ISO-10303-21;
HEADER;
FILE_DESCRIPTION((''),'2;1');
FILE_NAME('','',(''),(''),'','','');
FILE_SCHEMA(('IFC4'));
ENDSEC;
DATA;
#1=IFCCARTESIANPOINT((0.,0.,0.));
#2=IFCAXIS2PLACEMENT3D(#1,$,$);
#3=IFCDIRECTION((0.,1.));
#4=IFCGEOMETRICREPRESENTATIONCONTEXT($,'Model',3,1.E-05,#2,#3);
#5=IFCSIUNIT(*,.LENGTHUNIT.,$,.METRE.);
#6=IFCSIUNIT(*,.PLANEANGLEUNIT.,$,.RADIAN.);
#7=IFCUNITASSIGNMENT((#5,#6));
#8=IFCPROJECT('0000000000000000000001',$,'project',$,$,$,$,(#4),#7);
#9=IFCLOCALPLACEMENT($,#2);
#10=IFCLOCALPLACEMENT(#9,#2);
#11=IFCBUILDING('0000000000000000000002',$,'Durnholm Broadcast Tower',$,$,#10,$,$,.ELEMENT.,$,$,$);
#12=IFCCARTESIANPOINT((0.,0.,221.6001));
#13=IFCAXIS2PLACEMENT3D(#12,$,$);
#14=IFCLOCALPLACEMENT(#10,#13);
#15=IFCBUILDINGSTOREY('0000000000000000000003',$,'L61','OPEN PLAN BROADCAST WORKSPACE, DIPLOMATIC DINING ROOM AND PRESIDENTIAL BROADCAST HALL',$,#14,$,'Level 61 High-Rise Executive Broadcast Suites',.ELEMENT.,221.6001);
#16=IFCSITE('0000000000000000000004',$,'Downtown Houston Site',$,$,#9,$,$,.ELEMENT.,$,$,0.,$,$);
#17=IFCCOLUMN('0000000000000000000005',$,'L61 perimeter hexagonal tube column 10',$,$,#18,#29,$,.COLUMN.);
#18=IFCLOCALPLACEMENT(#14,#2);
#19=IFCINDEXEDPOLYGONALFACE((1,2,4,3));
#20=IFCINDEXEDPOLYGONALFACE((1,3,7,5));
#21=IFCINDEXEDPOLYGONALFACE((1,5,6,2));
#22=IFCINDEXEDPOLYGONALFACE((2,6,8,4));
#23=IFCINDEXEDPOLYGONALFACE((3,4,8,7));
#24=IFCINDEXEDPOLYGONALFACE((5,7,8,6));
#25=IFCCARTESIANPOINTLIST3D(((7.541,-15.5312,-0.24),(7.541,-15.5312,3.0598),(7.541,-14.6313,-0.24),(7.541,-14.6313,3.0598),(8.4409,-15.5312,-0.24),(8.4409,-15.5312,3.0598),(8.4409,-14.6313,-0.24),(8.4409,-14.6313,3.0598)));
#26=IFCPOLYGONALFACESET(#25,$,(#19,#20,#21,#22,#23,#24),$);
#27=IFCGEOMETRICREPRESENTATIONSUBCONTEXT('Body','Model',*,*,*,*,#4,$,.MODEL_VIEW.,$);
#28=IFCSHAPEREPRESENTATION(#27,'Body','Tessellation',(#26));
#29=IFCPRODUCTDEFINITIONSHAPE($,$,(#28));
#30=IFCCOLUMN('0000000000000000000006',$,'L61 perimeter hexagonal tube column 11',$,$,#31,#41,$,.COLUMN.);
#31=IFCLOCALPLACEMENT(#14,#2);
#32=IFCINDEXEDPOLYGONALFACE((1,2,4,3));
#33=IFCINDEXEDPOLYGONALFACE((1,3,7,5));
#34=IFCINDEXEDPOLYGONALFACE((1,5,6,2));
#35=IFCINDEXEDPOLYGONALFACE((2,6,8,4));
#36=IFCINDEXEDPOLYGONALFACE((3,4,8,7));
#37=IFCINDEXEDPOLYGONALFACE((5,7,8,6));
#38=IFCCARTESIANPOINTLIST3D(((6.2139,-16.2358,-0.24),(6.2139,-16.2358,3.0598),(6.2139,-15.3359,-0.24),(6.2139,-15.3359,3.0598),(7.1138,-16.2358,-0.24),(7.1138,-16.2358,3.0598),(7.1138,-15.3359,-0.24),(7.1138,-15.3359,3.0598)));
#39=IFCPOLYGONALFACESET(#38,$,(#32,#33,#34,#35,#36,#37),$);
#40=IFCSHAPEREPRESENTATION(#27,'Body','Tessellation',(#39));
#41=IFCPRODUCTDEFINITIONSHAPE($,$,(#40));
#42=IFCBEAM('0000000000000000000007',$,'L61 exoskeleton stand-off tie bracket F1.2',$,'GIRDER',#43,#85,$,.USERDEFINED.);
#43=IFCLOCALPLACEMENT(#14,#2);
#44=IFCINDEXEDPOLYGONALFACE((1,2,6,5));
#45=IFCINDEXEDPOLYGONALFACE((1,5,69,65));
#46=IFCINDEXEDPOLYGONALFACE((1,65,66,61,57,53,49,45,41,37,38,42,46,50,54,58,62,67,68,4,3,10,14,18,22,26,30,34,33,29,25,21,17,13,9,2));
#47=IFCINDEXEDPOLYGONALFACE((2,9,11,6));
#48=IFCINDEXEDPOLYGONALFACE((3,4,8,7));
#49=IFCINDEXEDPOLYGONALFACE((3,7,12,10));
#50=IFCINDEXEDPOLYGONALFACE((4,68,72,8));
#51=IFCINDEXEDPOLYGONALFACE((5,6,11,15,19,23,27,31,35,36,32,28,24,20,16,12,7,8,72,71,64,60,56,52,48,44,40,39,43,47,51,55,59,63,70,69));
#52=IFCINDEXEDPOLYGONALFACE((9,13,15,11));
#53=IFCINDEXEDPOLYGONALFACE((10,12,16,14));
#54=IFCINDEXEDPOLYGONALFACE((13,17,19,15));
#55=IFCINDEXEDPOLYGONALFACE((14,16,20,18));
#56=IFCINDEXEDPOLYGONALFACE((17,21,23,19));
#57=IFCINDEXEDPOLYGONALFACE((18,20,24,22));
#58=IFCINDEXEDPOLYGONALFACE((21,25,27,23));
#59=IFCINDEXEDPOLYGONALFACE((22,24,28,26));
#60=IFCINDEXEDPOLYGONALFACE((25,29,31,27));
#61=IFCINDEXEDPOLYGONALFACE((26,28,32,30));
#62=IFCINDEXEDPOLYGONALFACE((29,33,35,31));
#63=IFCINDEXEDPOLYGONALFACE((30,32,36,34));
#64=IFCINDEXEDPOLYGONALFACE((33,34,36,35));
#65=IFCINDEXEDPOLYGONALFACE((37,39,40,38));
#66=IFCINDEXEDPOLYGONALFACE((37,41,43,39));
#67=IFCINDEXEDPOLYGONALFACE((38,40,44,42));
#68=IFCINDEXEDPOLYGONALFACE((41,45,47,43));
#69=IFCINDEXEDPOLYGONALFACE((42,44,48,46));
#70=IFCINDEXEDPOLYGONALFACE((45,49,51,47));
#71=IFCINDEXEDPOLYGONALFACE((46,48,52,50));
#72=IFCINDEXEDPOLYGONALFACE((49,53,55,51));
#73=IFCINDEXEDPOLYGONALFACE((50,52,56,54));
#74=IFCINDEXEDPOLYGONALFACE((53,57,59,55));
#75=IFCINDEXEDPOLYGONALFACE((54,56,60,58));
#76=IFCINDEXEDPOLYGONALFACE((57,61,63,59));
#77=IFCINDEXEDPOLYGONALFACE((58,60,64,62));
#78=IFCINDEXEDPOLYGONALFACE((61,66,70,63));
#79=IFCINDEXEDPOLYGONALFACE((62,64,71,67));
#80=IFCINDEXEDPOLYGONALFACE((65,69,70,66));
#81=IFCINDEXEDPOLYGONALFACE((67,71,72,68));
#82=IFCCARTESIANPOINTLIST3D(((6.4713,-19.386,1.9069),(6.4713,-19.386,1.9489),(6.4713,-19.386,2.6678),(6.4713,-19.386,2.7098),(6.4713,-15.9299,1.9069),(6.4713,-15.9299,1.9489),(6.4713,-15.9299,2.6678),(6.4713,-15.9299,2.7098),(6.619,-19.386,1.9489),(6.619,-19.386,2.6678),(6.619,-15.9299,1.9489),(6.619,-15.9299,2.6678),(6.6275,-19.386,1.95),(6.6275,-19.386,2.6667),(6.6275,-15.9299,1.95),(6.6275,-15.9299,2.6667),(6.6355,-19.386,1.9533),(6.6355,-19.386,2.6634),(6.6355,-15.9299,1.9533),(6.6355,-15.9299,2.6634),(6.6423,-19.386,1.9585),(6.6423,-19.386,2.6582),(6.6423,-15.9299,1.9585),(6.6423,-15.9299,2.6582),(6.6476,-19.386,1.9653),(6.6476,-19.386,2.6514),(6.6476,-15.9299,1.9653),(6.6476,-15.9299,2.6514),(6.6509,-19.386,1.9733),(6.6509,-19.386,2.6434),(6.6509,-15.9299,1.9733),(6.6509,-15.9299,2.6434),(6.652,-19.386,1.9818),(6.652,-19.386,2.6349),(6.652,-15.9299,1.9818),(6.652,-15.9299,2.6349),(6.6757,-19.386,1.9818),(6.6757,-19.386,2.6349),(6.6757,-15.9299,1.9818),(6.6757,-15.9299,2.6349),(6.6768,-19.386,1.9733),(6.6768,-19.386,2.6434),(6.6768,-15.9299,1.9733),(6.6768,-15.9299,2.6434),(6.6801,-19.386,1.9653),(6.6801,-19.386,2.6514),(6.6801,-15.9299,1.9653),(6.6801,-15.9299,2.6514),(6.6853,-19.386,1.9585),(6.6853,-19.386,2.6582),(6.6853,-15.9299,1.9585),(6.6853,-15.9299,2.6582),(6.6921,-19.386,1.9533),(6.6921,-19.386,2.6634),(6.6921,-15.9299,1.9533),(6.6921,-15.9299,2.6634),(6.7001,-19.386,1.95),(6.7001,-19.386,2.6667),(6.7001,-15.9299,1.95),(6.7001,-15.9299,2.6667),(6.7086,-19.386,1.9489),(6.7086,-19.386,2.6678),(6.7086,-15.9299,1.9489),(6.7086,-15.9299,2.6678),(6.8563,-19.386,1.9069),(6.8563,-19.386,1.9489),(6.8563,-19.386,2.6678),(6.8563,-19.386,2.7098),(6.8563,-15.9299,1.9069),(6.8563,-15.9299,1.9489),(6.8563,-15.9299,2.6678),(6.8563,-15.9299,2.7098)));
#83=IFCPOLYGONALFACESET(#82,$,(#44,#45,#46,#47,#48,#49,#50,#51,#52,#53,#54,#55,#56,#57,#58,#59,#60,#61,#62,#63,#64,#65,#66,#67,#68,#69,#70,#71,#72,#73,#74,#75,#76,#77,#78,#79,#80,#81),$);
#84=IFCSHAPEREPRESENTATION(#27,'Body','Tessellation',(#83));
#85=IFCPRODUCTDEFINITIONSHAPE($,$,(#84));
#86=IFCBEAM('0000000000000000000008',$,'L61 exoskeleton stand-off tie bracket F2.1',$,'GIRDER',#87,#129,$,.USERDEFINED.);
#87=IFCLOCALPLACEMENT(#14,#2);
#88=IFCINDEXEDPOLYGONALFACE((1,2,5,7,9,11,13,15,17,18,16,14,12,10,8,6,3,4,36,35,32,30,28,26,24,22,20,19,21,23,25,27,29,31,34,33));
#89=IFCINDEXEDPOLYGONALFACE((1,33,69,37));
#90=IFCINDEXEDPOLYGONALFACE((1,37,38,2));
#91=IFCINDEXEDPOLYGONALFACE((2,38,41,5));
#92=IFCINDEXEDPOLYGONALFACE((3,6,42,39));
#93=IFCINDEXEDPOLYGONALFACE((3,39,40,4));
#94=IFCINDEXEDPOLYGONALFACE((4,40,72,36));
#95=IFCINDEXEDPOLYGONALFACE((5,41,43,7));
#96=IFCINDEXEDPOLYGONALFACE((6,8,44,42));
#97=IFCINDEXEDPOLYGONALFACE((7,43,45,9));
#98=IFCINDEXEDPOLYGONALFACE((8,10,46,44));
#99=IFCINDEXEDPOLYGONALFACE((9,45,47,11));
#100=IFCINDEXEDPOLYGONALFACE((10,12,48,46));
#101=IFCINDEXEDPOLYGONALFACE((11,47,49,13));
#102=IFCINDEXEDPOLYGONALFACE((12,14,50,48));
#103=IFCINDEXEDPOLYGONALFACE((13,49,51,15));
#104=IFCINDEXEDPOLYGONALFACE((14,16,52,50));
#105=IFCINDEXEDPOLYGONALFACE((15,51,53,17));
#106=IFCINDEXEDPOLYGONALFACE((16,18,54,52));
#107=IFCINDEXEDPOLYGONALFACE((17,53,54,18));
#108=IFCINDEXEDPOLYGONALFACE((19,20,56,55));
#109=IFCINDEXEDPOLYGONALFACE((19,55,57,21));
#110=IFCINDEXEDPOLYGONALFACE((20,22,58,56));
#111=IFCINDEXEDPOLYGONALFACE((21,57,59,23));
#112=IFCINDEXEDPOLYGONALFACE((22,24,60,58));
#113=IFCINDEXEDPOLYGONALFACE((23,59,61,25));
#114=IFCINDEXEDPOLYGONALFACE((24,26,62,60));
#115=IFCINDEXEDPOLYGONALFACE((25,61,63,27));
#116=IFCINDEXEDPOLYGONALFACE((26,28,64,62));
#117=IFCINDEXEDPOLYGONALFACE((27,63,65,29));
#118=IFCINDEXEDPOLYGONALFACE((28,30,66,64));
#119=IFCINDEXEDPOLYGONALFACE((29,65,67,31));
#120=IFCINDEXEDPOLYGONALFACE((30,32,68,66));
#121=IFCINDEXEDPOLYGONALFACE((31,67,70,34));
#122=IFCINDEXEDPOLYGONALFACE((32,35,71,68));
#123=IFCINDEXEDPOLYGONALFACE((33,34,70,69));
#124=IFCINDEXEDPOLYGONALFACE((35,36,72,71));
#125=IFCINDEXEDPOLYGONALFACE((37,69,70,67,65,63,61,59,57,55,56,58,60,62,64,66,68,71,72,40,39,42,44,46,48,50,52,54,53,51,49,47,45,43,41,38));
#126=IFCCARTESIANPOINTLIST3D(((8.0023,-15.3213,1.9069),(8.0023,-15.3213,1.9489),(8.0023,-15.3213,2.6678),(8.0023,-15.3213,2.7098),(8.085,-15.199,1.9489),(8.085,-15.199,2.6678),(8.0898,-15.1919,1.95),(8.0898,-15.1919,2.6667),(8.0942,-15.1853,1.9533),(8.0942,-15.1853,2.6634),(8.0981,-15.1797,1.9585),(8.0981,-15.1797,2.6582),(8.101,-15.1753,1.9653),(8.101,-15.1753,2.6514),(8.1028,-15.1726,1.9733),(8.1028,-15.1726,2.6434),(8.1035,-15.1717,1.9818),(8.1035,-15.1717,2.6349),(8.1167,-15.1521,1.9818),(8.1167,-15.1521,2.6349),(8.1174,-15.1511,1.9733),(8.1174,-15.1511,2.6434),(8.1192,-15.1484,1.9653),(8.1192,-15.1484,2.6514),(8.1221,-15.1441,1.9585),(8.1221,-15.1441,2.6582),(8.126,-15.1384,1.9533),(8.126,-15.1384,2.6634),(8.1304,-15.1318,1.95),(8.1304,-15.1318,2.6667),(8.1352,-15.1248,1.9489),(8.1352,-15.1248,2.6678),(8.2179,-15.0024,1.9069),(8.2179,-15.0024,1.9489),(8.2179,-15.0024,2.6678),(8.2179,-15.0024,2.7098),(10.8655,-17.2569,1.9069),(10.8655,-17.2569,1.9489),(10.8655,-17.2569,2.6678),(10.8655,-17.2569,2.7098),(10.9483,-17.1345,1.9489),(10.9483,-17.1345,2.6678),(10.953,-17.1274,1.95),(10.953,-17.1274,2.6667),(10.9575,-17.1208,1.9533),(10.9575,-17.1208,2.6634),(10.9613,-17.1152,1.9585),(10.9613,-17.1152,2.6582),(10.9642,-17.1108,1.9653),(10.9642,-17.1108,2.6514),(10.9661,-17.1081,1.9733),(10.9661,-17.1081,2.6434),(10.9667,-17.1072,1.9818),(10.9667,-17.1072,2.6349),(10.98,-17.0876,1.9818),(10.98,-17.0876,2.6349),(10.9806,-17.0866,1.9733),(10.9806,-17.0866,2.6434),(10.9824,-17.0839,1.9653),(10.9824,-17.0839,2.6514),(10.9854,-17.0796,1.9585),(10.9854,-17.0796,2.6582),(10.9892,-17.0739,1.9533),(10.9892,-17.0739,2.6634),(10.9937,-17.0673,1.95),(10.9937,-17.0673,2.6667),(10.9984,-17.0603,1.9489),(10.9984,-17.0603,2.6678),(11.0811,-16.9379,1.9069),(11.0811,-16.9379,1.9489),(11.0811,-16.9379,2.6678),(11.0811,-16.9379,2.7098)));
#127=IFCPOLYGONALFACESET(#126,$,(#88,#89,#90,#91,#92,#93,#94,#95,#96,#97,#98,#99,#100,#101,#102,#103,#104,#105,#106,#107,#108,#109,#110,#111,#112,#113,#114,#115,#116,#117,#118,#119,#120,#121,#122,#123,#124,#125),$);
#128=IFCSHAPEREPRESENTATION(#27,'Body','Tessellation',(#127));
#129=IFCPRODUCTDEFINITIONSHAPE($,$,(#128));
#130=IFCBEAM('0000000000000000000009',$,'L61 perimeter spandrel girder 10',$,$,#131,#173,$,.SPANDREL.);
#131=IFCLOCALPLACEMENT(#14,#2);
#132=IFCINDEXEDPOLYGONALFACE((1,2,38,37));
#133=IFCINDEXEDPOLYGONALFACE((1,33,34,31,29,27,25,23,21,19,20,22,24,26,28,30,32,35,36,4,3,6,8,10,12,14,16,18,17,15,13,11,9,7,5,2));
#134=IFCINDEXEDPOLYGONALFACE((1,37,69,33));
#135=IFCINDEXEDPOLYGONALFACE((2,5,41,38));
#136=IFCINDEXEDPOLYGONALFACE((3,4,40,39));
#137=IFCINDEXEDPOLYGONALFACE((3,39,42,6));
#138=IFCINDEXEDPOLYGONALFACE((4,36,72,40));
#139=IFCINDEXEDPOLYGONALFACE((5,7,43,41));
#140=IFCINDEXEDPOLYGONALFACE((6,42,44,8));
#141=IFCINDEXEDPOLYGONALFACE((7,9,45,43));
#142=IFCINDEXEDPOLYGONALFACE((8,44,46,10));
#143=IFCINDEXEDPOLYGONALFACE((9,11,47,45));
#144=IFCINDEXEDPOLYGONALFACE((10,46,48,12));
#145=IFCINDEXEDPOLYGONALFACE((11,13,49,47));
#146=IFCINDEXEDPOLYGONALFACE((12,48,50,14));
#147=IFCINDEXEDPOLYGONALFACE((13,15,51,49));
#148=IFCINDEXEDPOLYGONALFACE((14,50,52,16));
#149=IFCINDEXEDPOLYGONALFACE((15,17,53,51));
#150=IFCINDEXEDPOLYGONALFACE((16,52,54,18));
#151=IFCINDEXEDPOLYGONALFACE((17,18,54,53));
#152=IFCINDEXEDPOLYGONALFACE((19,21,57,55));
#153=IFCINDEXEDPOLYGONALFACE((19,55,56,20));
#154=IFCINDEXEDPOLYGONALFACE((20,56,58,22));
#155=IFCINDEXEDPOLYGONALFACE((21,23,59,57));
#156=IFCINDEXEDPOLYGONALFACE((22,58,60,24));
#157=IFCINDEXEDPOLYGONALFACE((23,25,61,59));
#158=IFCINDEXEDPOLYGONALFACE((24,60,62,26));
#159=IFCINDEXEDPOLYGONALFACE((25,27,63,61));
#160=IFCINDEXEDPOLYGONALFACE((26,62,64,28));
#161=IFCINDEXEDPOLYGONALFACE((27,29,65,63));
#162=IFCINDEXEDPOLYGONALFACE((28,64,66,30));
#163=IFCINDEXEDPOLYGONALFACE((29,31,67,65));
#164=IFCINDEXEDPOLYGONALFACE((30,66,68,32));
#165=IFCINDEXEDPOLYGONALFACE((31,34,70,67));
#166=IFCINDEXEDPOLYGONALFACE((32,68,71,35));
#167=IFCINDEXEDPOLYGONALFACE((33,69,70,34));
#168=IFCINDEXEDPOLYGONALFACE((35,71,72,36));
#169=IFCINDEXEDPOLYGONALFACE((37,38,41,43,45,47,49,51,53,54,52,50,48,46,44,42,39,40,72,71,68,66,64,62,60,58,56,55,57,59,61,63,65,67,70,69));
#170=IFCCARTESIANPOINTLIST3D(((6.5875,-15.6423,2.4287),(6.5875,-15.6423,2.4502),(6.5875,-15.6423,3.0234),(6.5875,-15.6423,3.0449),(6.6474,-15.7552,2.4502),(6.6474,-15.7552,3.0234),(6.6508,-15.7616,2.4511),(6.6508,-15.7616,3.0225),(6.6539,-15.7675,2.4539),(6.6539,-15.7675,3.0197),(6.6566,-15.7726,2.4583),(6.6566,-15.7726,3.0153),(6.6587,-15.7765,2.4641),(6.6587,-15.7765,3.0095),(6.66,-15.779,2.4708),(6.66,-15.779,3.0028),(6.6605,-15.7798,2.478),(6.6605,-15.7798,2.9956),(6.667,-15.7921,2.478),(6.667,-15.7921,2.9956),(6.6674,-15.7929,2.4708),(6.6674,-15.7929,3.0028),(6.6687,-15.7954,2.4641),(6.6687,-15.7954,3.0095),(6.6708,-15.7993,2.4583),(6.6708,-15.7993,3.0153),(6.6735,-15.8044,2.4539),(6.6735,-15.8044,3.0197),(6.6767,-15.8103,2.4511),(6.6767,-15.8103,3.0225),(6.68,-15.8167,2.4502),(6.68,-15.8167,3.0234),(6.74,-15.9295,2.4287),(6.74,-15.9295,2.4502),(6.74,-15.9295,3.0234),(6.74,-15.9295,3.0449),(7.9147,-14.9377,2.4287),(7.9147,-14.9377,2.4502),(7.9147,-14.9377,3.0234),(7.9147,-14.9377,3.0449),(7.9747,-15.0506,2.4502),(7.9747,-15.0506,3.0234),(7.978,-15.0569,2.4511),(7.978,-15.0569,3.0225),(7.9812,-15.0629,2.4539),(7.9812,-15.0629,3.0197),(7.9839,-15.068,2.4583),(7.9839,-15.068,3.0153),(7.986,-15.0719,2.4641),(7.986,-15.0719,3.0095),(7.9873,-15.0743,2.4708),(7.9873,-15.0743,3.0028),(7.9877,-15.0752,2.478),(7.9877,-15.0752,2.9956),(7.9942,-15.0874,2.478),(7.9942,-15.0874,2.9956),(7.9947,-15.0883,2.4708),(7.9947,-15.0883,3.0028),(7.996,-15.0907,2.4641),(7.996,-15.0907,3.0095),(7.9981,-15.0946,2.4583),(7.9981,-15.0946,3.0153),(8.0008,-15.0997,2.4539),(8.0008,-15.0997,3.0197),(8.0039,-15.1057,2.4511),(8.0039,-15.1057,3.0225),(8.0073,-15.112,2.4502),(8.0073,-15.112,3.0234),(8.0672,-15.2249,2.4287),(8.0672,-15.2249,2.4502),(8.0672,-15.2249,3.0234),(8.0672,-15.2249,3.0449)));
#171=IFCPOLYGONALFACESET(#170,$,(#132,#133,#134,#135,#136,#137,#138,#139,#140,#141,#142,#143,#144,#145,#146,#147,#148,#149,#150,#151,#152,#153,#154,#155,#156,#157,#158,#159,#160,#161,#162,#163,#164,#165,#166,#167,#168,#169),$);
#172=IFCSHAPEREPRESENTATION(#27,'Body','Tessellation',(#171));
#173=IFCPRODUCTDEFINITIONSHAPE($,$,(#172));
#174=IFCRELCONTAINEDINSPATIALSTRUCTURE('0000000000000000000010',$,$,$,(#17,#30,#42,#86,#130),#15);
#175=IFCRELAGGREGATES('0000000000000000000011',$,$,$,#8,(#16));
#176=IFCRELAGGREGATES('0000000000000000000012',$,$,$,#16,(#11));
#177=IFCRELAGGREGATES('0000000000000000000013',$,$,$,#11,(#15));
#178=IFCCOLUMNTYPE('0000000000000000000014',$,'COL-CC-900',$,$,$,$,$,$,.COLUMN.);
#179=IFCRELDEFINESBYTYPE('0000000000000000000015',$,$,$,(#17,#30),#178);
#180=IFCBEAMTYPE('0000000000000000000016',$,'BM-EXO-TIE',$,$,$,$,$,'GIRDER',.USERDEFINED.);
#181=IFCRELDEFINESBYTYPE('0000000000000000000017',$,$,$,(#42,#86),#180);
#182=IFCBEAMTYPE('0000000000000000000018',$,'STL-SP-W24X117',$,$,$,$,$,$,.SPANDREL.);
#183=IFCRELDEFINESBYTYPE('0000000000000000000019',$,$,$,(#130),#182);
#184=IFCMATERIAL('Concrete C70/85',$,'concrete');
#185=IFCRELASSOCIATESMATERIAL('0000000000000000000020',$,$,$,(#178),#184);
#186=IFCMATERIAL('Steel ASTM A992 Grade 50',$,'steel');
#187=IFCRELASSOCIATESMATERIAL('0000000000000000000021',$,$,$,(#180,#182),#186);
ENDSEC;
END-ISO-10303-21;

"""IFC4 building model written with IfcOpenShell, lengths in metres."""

from ifc_helpers import new_model, si_unit, direction, frame, origin, origin_2d, place, context, subcontext, project, spatial, rectangle, i_section, extrude, source, transform, mapped, material, material_profile, profile_set, type_object, type_shapes, element, save


model = new_model("IFC4")

# Units and contexts
model_context = context("Model", 3, precision=1e-05, world=origin(), true_north=direction((0.0, 1.0)))
body_context = subcontext(model_context, "Body", "Model", "MODEL_VIEW")
ifc_project = project(units=[si_unit("LENGTHUNIT", "METRE"), si_unit("PLANEANGLEUNIT", "RADIAN")], contexts=[model_context])

# Site, building, storey
site_placement = place(None, origin())
site = spatial("IfcSite", under=ifc_project, at=site_placement, Name="Downtown Houston Site", CompositionType="ELEMENT", RefElevation=0.0)
building_placement = place(site_placement, origin())
building = spatial("IfcBuilding", under=site, at=building_placement, Name="Durnholm Broadcast Tower", CompositionType="ELEMENT")
storey_placement = place(building_placement, frame((0.0, 0.0, 221.6001)))
storey = spatial("IfcBuildingStorey", under=building, at=storey_placement, Name="L61", Description="OPEN PLAN BROADCAST WORKSPACE, DIPLOMATIC DINING ROOM AND PRESIDENTIAL BROADCAST HALL", LongName="Level 61 High-Rise Executive Broadcast Suites", CompositionType="ELEMENT", Elevation=221.6001)

# Columns
ifc_material_1 = material(Name="Concrete C70/85", Category="concrete")
ifc_material_profile_1 = material_profile(ifc_material_1, rectangle(XDim=0.8999, YDim=0.8999, at=origin_2d()), Name="RC900X900")
ifc_profile_set_1 = profile_set([ifc_material_profile_1], Name="Concrete C70/85")
column_type = type_object("IfcColumnType", Name="COL-CC-900", PredefinedType="COLUMN", material=ifc_profile_set_1)
shared_shape_1 = source(origin(), body_context, "Body", "SweptSolid", [
    extrude(rectangle(XDim=0.8999, YDim=0.8999, at=origin_2d()), origin(), (0.0, 0.0, 1.0), 3.2998),
])
type_shapes(column_type, [shared_shape_1])
for number, where, z_axis, x_axis, name in (
    (1, (7.991, -15.0813, -0.24), (0.0, 0.0, 1.0), (1.0, 0.0, 0.0), "L61 perimeter hexagonal tube column 10"),
    (2, (6.6638, -15.7859, -0.24), (0.0, 0.0, 1.0), (1.0, 0.0, 0.0), "L61 perimeter hexagonal tube column 11"),
):
    element("IfcColumn", number, at=place(storey_placement, frame(where, z_axis=z_axis, x_axis=x_axis)), inside=storey, type_object=column_type, Name=name, PredefinedType="COLUMN", context=body_context, shape_type="MappedRepresentation", body=[
        mapped(shared_shape_1, transform((0.0, 0.0, 0.0), x_axis=(1.0, 0.0, 0.0), y_axis=(0.0, 1.0, 0.0), z_axis=(0.0, 0.0, 1.0), scale=1.0)),
    ])

# Beams
ifc_material_2 = material(Name="Steel ASTM A992 Grade 50", Category="steel")
ifc_material_profile_2 = material_profile(ifc_material_2, i_section(OverallWidth=0.385, OverallDepth=0.803, WebThickness=0.0237, FlangeThickness=0.042, FilletRadius=0.033, at=origin_2d()), Name="W30X261")
ifc_profile_set_2 = profile_set([ifc_material_profile_2], Name="Steel ASTM A992 Grade 50")
beam_type_1 = type_object("IfcBeamType", Name="BM-EXO-TIE", ElementType="GIRDER", PredefinedType="USERDEFINED", material=ifc_profile_set_2)
shared_shape_2 = source(origin(), body_context, "Body", "SweptSolid", [
    extrude(i_section(OverallWidth=0.385, OverallDepth=0.803, WebThickness=0.0237, FlangeThickness=0.042, FilletRadius=0.033, at=origin_2d()), origin(), (0.0, 0.0, 1.0), 3.4561),
])
for number, where, z_axis, x_axis, name in (
    (3, (6.6638, -15.9299, 2.3083), (0.0, -1.0, 0.0), (1.0, 0.0, 0.0), "L61 exoskeleton stand-off tie bracket F1.2"),
    (4, (8.1101, -15.1619, 2.3083), (0.828468, -0.560036, 0.0), (0.560036, 0.828468, 0.0), "L61 exoskeleton stand-off tie bracket F2.1"),
):
    element("IfcBeam", number, at=place(storey_placement, frame(where, z_axis=z_axis, x_axis=x_axis)), inside=storey, type_object=beam_type_1, Name=name, ObjectType="GIRDER", PredefinedType="USERDEFINED", context=body_context, shape_type="MappedRepresentation", body=[
        mapped(shared_shape_2, transform((0.0, 0.0, 0.0), x_axis=(1.0, 0.0, 0.0), y_axis=(0.0, 1.0, 0.0), z_axis=(0.0, 0.0, 1.0), scale=1.0)),
    ])
ifc_material_profile_3 = material_profile(ifc_material_2, i_section(OverallWidth=0.3252, OverallDepth=0.6162, WebThickness=0.0139, FlangeThickness=0.0215, FilletRadius=0.0278, at=origin_2d()), Name="W24X117")
ifc_profile_set_3 = profile_set([ifc_material_profile_3], Name="Steel ASTM A992 Grade 50")
beam_type_2 = type_object("IfcBeamType", Name="STL-SP-W24X117", PredefinedType="SPANDREL", material=ifc_profile_set_3)
shared_shape_3 = source(origin(), body_context, "Body", "SweptSolid", [
    extrude(i_section(OverallWidth=0.3252, OverallDepth=0.6162, WebThickness=0.0139, FlangeThickness=0.0215, FilletRadius=0.0278, at=origin_2d()), origin(), (0.0, 0.0, 1.0), 1.5027),
])
beam_1_placement = place(storey_placement, frame((7.991, -15.0813, 2.7368), z_axis=(-0.883242, -0.468918, 0.0), x_axis=(0.468918, -0.883242, 0.0)))
element("IfcBeam", 5, at=beam_1_placement, inside=storey, type_object=beam_type_2, Name="L61 perimeter spandrel girder 10", PredefinedType="SPANDREL", context=body_context, shape_type="MappedRepresentation", body=[
    mapped(shared_shape_3, transform((0.0, 0.0, 0.0), x_axis=(1.0, 0.0, 0.0), y_axis=(0.0, 1.0, 0.0), z_axis=(0.0, 0.0, 1.0), scale=1.0)),
])

save(model, "model.ifc")
